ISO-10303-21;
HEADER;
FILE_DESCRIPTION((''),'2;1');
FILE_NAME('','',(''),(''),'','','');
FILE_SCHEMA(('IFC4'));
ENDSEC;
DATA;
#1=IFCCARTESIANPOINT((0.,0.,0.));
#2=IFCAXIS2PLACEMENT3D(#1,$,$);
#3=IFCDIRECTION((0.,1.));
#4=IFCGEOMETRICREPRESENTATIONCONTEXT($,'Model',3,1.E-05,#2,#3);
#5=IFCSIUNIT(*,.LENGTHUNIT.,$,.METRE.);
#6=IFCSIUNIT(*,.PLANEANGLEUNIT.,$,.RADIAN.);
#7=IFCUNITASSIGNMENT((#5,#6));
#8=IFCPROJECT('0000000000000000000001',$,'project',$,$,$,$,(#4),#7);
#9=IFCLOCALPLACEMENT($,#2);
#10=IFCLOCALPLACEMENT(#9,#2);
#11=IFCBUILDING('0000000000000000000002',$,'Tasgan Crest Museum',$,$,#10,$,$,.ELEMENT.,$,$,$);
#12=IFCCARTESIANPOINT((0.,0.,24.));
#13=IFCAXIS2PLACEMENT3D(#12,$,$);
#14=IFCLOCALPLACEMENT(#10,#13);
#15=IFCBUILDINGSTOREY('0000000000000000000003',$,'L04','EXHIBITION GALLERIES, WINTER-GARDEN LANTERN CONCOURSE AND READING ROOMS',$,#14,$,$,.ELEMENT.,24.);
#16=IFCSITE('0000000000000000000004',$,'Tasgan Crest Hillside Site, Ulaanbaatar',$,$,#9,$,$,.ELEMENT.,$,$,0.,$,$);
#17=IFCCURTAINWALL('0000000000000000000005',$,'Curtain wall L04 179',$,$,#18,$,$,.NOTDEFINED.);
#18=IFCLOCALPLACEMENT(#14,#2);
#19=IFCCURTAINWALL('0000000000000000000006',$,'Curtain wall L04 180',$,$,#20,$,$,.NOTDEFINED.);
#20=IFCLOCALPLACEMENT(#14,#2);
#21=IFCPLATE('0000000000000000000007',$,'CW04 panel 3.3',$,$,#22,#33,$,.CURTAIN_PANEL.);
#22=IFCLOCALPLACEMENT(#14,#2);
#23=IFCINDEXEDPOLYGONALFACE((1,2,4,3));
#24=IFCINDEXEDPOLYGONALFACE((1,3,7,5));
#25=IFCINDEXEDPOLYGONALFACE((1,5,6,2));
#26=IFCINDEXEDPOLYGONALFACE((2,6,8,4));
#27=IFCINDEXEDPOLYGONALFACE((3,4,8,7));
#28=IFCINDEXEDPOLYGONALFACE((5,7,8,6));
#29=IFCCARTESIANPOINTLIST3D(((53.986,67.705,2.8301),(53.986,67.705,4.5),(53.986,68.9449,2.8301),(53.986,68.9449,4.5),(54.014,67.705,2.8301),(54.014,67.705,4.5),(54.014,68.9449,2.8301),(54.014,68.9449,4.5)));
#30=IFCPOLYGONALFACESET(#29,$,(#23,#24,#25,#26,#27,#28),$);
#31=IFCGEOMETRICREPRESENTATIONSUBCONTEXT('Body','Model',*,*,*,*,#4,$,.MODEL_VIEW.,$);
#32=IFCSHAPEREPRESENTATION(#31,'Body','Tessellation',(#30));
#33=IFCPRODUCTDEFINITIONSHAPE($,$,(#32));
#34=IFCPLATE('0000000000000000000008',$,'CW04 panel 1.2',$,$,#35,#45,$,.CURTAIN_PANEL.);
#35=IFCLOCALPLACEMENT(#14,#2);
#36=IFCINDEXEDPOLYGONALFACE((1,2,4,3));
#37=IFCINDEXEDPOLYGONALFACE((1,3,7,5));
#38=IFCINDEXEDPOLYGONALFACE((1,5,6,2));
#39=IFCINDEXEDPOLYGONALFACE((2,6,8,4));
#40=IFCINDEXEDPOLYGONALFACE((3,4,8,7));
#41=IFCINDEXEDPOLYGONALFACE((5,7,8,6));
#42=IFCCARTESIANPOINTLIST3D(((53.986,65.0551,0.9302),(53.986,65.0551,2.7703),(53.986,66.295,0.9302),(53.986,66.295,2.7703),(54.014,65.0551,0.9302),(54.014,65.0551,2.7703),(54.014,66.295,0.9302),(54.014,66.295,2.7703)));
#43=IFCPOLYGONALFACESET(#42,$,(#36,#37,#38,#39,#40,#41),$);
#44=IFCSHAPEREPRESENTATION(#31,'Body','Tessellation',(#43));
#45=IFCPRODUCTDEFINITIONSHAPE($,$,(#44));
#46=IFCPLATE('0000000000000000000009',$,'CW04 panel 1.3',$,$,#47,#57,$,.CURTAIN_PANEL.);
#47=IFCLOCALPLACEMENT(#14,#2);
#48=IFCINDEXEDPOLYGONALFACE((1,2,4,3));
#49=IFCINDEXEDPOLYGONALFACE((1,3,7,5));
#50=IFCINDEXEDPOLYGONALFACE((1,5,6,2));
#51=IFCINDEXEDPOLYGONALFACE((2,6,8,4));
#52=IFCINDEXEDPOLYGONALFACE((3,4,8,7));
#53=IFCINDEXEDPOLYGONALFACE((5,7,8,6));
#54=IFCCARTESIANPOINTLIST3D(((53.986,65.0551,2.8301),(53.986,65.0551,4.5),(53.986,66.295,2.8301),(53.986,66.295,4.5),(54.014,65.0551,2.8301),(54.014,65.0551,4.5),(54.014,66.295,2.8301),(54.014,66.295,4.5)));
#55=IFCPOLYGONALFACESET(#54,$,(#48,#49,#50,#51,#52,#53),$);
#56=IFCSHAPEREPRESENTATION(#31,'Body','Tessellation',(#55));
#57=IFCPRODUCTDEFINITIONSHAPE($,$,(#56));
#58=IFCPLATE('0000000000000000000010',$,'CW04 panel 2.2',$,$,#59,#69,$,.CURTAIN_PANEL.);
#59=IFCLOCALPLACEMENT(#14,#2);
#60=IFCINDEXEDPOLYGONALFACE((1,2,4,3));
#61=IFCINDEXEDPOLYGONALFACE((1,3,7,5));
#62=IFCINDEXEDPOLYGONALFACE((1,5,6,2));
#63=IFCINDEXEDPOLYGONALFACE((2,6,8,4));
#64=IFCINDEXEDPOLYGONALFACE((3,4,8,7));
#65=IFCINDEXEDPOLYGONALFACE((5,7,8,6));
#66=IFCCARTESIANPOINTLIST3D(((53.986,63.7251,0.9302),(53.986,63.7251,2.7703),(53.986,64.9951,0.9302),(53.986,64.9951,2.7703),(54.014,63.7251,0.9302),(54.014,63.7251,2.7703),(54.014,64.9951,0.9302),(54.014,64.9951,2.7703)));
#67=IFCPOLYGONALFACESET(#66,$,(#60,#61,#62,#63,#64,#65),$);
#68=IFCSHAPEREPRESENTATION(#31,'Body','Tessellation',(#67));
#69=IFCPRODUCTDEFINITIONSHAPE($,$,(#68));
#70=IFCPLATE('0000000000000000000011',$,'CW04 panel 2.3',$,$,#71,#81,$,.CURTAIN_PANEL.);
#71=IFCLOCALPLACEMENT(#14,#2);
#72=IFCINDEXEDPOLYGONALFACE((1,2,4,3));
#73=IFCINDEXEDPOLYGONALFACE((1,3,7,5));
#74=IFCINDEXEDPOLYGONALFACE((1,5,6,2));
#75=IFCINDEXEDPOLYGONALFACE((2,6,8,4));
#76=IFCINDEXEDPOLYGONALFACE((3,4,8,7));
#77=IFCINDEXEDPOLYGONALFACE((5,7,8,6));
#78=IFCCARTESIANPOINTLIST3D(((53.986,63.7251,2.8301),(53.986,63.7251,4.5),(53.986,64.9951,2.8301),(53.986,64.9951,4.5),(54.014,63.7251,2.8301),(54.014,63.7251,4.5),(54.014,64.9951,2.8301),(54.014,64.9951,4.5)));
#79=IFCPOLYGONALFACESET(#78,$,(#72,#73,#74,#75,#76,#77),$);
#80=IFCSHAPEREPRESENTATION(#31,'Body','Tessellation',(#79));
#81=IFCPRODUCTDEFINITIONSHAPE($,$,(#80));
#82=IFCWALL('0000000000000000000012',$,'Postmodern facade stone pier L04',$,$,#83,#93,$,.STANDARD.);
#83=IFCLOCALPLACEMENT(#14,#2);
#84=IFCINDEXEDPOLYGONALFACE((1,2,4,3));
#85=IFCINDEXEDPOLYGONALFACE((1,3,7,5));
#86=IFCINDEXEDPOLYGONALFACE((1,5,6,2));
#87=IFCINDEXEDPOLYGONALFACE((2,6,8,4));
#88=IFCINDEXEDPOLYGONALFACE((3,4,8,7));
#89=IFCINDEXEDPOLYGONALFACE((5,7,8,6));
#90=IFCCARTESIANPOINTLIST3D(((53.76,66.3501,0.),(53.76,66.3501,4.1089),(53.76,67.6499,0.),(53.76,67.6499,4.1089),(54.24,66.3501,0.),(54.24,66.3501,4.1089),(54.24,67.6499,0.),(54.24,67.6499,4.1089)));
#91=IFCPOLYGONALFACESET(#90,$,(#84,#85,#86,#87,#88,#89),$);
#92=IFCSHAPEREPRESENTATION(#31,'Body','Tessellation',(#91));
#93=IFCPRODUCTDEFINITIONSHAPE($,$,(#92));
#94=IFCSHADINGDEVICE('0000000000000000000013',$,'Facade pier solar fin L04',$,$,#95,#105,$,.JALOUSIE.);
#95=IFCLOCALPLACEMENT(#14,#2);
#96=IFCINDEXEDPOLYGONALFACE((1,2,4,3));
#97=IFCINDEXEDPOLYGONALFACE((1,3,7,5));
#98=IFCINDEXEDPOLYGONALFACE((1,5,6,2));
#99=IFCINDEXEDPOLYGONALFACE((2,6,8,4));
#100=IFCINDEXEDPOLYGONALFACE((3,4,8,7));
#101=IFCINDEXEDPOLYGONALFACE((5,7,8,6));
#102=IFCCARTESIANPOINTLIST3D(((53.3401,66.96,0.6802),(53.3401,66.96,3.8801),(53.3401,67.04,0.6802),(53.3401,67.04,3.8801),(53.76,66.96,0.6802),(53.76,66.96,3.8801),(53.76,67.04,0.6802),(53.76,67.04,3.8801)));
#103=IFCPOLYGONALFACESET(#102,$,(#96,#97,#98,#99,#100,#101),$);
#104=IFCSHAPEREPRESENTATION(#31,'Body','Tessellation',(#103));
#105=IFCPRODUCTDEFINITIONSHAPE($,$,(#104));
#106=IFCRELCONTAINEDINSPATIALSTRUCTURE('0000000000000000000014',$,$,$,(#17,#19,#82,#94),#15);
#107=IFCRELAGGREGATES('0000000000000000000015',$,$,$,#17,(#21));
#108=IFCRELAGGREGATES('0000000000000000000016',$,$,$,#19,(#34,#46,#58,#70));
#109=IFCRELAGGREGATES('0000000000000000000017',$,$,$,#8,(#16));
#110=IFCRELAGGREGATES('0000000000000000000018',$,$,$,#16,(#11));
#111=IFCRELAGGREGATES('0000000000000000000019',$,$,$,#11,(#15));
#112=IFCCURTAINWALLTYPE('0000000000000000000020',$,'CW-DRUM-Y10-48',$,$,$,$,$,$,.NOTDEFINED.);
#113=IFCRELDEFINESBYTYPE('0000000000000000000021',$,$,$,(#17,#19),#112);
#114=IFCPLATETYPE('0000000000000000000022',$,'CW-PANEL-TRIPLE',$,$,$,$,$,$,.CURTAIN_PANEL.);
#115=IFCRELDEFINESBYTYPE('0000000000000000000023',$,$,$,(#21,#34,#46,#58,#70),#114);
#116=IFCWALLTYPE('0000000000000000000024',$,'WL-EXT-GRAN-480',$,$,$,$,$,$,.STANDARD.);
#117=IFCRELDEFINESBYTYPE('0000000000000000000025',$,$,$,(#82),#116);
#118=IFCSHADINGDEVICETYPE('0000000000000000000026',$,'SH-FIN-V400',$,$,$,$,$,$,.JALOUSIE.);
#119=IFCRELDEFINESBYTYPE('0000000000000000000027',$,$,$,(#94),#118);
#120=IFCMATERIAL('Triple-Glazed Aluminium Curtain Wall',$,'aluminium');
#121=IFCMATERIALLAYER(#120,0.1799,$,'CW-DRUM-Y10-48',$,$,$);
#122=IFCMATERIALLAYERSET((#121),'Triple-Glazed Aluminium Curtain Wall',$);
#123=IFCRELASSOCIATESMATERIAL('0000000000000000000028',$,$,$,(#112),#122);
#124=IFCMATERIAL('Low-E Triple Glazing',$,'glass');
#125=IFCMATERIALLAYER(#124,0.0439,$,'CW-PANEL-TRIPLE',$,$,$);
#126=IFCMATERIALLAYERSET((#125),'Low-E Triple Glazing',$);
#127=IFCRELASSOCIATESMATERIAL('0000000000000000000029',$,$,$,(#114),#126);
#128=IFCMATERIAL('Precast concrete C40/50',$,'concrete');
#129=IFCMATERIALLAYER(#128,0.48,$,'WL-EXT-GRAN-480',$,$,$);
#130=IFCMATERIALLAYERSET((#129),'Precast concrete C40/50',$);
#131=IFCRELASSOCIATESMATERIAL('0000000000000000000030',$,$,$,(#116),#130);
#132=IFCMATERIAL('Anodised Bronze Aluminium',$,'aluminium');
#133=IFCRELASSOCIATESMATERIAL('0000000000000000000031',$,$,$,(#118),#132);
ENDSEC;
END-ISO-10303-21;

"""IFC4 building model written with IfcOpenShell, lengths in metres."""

from ifc_helpers import new_model, si_unit, direction, frame, frame_2d, origin, origin_2d, place, context, subcontext, project, spatial, rectangle, extrude, material, layer, layer_set, type_object, element, aggregate, save


model = new_model("IFC4")

# Units and contexts
model_context = context("Model", 3, precision=1e-05, world=origin(), true_north=direction((0.0, 1.0)))
body_context = subcontext(model_context, "Body", "Model", "MODEL_VIEW")
ifc_project = project(units=[si_unit("LENGTHUNIT", "METRE"), si_unit("PLANEANGLEUNIT", "RADIAN")], contexts=[model_context])

# Site, building, storey
site_placement = place(None, origin())
site = spatial("IfcSite", under=ifc_project, at=site_placement, Name="Tasgan Crest Hillside Site, Ulaanbaatar", CompositionType="ELEMENT", RefElevation=0.0)
building_placement = place(site_placement, origin())
building = spatial("IfcBuilding", under=site, at=building_placement, Name="Tasgan Crest Museum", CompositionType="ELEMENT")
storey_placement = place(building_placement, frame((0.0, 0.0, 24.0)))
storey = spatial("IfcBuildingStorey", under=building, at=storey_placement, Name="L04", Description="EXHIBITION GALLERIES, WINTER-GARDEN LANTERN CONCOURSE AND READING ROOMS", CompositionType="ELEMENT", Elevation=24.0)

# Curtain wall
ifc_material_1 = material(Name="Triple-Glazed Aluminium Curtain Wall", Category="aluminium")
ifc_layer_1 = layer(ifc_material_1, 0.1799, Name="CW-DRUM-Y10-48")
ifc_layer_set_1 = layer_set([ifc_layer_1], Name="Triple-Glazed Aluminium Curtain Wall")
curtain_wall_type = type_object("IfcCurtainWallType", Name="CW-DRUM-Y10-48", PredefinedType="NOTDEFINED", material=ifc_layer_set_1)
curtain_wall_1_placement = place(storey_placement, origin())
curtain_wall_1 = element("IfcCurtainWall", 1, at=curtain_wall_1_placement, inside=storey, type_object=curtain_wall_type, Name="Curtain wall L04 179", PredefinedType="NOTDEFINED")

# Curtain wall
curtain_wall_2_placement = place(storey_placement, origin())
curtain_wall_2 = element("IfcCurtainWall", 2, at=curtain_wall_2_placement, inside=storey, type_object=curtain_wall_type, Name="Curtain wall L04 180", PredefinedType="NOTDEFINED")

# Plates
ifc_material_2 = material(Name="Low-E Triple Glazing", Category="glass")
ifc_layer_2 = layer(ifc_material_2, 0.0439, Name="CW-PANEL-TRIPLE")
ifc_layer_set_2 = layer_set([ifc_layer_2], Name="Low-E Triple Glazing")
plate_type_1 = type_object("IfcPlateType", Name="CW-PANEL-TRIPLE", PredefinedType="CURTAIN_PANEL", material=ifc_layer_set_2)
plate_1_placement = place(storey_placement, frame((54.0, 68.325, 2.8301), z_axis=(0.0, 0.0, 1.0), x_axis=(0.0, -1.0, 0.0)))
plate_1 = element("IfcPlate", 3, at=plate_1_placement, type_object=plate_type_1, Name="CW04 panel 3.3", PredefinedType="CURTAIN_PANEL", context=body_context, shape_type="SweptSolid", body=[
    extrude(rectangle(XDim=1.24, YDim=0.0281, at=origin_2d()), origin(), (0.0, 0.0, 1.0), 1.6699),
])
aggregate(curtain_wall_1, [plate_1])
plate_2_placement = place(storey_placement, frame((54.0, 65.675, 0.9302), z_axis=(0.0, 0.0, 1.0), x_axis=(0.0, -1.0, 0.0)))
plate_2 = element("IfcPlate", 4, at=plate_2_placement, type_object=plate_type_1, Name="CW04 panel 1.2", PredefinedType="CURTAIN_PANEL", context=body_context, shape_type="SweptSolid", body=[
    extrude(rectangle(XDim=1.24, YDim=0.0281, at=origin_2d()), origin(), (0.0, 0.0, 1.0), 1.8401),
])
plate_3_placement = place(storey_placement, frame((54.0, 65.675, 2.8301), z_axis=(0.0, 0.0, 1.0), x_axis=(0.0, -1.0, 0.0)))
plate_3 = element("IfcPlate", 5, at=plate_3_placement, type_object=plate_type_1, Name="CW04 panel 1.3", PredefinedType="CURTAIN_PANEL", context=body_context, shape_type="SweptSolid", body=[
    extrude(rectangle(XDim=1.24, YDim=0.0281, at=origin_2d()), origin(), (0.0, 0.0, 1.0), 1.6699),
])
plate_4_placement = place(storey_placement, frame((54.0, 64.3601, 0.9302), z_axis=(0.0, 0.0, 1.0), x_axis=(0.0, -1.0, 0.0)))
plate_4 = element("IfcPlate", 6, at=plate_4_placement, type_object=plate_type_1, Name="CW04 panel 2.2", PredefinedType="CURTAIN_PANEL", context=body_context, shape_type="SweptSolid", body=[
    extrude(rectangle(XDim=1.27, YDim=0.0281, at=origin_2d()), origin(), (0.0, 0.0, 1.0), 1.8401),
])
plate_5_placement = place(storey_placement, frame((54.0, 64.3601, 2.8301), z_axis=(0.0, 0.0, 1.0), x_axis=(0.0, -1.0, 0.0)))
plate_5 = element("IfcPlate", 7, at=plate_5_placement, type_object=plate_type_1, Name="CW04 panel 2.3", PredefinedType="CURTAIN_PANEL", context=body_context, shape_type="SweptSolid", body=[
    extrude(rectangle(XDim=1.27, YDim=0.0281, at=origin_2d()), origin(), (0.0, 0.0, 1.0), 1.6699),
])
aggregate(curtain_wall_2, [plate_2, plate_3, plate_4, plate_5])

# Wall
ifc_material_3 = material(Name="Precast concrete C40/50", Category="concrete")
ifc_layer_3 = layer(ifc_material_3, 0.48, Name="WL-EXT-GRAN-480")
ifc_layer_set_3 = layer_set([ifc_layer_3], Name="Precast concrete C40/50")
wall_type = type_object("IfcWallType", Name="WL-EXT-GRAN-480", PredefinedType="STANDARD", material=ifc_layer_set_3)
wall_placement = place(storey_placement, frame((54.0, 67.6499, 0.0), z_axis=(0.0, 0.0, 1.0), x_axis=(0.0, -1.0, 0.0)))
element("IfcWall", 8, at=wall_placement, inside=storey, type_object=wall_type, Name="Postmodern facade stone pier L04", PredefinedType="STANDARD", context=body_context, shape_type="SweptSolid", body=[
    extrude(rectangle(XDim=1.2998, YDim=0.48, at=frame_2d((0.6499, 0.0))), origin(), (0.0, 0.0, 1.0), 4.1089),
])

# Shading device
ifc_material_4 = material(Name="Anodised Bronze Aluminium", Category="aluminium")
shading_device_type = type_object("IfcShadingDeviceType", Name="SH-FIN-V400", PredefinedType="JALOUSIE", material=ifc_material_4)
shading_device_placement = place(storey_placement, frame((53.55, 67.0, 0.6802), z_axis=(0.0, 0.0, 1.0), x_axis=(0.0, -1.0, 0.0)))
element("IfcShadingDevice", 9, at=shading_device_placement, inside=storey, type_object=shading_device_type, Name="Facade pier solar fin L04", PredefinedType="JALOUSIE", context=body_context, shape_type="SweptSolid", body=[
    extrude(rectangle(XDim=0.0801, YDim=0.4199, at=origin_2d()), origin(), (0.0, 0.0, 1.0), 3.2),
])

save(model, "model.ifc")
